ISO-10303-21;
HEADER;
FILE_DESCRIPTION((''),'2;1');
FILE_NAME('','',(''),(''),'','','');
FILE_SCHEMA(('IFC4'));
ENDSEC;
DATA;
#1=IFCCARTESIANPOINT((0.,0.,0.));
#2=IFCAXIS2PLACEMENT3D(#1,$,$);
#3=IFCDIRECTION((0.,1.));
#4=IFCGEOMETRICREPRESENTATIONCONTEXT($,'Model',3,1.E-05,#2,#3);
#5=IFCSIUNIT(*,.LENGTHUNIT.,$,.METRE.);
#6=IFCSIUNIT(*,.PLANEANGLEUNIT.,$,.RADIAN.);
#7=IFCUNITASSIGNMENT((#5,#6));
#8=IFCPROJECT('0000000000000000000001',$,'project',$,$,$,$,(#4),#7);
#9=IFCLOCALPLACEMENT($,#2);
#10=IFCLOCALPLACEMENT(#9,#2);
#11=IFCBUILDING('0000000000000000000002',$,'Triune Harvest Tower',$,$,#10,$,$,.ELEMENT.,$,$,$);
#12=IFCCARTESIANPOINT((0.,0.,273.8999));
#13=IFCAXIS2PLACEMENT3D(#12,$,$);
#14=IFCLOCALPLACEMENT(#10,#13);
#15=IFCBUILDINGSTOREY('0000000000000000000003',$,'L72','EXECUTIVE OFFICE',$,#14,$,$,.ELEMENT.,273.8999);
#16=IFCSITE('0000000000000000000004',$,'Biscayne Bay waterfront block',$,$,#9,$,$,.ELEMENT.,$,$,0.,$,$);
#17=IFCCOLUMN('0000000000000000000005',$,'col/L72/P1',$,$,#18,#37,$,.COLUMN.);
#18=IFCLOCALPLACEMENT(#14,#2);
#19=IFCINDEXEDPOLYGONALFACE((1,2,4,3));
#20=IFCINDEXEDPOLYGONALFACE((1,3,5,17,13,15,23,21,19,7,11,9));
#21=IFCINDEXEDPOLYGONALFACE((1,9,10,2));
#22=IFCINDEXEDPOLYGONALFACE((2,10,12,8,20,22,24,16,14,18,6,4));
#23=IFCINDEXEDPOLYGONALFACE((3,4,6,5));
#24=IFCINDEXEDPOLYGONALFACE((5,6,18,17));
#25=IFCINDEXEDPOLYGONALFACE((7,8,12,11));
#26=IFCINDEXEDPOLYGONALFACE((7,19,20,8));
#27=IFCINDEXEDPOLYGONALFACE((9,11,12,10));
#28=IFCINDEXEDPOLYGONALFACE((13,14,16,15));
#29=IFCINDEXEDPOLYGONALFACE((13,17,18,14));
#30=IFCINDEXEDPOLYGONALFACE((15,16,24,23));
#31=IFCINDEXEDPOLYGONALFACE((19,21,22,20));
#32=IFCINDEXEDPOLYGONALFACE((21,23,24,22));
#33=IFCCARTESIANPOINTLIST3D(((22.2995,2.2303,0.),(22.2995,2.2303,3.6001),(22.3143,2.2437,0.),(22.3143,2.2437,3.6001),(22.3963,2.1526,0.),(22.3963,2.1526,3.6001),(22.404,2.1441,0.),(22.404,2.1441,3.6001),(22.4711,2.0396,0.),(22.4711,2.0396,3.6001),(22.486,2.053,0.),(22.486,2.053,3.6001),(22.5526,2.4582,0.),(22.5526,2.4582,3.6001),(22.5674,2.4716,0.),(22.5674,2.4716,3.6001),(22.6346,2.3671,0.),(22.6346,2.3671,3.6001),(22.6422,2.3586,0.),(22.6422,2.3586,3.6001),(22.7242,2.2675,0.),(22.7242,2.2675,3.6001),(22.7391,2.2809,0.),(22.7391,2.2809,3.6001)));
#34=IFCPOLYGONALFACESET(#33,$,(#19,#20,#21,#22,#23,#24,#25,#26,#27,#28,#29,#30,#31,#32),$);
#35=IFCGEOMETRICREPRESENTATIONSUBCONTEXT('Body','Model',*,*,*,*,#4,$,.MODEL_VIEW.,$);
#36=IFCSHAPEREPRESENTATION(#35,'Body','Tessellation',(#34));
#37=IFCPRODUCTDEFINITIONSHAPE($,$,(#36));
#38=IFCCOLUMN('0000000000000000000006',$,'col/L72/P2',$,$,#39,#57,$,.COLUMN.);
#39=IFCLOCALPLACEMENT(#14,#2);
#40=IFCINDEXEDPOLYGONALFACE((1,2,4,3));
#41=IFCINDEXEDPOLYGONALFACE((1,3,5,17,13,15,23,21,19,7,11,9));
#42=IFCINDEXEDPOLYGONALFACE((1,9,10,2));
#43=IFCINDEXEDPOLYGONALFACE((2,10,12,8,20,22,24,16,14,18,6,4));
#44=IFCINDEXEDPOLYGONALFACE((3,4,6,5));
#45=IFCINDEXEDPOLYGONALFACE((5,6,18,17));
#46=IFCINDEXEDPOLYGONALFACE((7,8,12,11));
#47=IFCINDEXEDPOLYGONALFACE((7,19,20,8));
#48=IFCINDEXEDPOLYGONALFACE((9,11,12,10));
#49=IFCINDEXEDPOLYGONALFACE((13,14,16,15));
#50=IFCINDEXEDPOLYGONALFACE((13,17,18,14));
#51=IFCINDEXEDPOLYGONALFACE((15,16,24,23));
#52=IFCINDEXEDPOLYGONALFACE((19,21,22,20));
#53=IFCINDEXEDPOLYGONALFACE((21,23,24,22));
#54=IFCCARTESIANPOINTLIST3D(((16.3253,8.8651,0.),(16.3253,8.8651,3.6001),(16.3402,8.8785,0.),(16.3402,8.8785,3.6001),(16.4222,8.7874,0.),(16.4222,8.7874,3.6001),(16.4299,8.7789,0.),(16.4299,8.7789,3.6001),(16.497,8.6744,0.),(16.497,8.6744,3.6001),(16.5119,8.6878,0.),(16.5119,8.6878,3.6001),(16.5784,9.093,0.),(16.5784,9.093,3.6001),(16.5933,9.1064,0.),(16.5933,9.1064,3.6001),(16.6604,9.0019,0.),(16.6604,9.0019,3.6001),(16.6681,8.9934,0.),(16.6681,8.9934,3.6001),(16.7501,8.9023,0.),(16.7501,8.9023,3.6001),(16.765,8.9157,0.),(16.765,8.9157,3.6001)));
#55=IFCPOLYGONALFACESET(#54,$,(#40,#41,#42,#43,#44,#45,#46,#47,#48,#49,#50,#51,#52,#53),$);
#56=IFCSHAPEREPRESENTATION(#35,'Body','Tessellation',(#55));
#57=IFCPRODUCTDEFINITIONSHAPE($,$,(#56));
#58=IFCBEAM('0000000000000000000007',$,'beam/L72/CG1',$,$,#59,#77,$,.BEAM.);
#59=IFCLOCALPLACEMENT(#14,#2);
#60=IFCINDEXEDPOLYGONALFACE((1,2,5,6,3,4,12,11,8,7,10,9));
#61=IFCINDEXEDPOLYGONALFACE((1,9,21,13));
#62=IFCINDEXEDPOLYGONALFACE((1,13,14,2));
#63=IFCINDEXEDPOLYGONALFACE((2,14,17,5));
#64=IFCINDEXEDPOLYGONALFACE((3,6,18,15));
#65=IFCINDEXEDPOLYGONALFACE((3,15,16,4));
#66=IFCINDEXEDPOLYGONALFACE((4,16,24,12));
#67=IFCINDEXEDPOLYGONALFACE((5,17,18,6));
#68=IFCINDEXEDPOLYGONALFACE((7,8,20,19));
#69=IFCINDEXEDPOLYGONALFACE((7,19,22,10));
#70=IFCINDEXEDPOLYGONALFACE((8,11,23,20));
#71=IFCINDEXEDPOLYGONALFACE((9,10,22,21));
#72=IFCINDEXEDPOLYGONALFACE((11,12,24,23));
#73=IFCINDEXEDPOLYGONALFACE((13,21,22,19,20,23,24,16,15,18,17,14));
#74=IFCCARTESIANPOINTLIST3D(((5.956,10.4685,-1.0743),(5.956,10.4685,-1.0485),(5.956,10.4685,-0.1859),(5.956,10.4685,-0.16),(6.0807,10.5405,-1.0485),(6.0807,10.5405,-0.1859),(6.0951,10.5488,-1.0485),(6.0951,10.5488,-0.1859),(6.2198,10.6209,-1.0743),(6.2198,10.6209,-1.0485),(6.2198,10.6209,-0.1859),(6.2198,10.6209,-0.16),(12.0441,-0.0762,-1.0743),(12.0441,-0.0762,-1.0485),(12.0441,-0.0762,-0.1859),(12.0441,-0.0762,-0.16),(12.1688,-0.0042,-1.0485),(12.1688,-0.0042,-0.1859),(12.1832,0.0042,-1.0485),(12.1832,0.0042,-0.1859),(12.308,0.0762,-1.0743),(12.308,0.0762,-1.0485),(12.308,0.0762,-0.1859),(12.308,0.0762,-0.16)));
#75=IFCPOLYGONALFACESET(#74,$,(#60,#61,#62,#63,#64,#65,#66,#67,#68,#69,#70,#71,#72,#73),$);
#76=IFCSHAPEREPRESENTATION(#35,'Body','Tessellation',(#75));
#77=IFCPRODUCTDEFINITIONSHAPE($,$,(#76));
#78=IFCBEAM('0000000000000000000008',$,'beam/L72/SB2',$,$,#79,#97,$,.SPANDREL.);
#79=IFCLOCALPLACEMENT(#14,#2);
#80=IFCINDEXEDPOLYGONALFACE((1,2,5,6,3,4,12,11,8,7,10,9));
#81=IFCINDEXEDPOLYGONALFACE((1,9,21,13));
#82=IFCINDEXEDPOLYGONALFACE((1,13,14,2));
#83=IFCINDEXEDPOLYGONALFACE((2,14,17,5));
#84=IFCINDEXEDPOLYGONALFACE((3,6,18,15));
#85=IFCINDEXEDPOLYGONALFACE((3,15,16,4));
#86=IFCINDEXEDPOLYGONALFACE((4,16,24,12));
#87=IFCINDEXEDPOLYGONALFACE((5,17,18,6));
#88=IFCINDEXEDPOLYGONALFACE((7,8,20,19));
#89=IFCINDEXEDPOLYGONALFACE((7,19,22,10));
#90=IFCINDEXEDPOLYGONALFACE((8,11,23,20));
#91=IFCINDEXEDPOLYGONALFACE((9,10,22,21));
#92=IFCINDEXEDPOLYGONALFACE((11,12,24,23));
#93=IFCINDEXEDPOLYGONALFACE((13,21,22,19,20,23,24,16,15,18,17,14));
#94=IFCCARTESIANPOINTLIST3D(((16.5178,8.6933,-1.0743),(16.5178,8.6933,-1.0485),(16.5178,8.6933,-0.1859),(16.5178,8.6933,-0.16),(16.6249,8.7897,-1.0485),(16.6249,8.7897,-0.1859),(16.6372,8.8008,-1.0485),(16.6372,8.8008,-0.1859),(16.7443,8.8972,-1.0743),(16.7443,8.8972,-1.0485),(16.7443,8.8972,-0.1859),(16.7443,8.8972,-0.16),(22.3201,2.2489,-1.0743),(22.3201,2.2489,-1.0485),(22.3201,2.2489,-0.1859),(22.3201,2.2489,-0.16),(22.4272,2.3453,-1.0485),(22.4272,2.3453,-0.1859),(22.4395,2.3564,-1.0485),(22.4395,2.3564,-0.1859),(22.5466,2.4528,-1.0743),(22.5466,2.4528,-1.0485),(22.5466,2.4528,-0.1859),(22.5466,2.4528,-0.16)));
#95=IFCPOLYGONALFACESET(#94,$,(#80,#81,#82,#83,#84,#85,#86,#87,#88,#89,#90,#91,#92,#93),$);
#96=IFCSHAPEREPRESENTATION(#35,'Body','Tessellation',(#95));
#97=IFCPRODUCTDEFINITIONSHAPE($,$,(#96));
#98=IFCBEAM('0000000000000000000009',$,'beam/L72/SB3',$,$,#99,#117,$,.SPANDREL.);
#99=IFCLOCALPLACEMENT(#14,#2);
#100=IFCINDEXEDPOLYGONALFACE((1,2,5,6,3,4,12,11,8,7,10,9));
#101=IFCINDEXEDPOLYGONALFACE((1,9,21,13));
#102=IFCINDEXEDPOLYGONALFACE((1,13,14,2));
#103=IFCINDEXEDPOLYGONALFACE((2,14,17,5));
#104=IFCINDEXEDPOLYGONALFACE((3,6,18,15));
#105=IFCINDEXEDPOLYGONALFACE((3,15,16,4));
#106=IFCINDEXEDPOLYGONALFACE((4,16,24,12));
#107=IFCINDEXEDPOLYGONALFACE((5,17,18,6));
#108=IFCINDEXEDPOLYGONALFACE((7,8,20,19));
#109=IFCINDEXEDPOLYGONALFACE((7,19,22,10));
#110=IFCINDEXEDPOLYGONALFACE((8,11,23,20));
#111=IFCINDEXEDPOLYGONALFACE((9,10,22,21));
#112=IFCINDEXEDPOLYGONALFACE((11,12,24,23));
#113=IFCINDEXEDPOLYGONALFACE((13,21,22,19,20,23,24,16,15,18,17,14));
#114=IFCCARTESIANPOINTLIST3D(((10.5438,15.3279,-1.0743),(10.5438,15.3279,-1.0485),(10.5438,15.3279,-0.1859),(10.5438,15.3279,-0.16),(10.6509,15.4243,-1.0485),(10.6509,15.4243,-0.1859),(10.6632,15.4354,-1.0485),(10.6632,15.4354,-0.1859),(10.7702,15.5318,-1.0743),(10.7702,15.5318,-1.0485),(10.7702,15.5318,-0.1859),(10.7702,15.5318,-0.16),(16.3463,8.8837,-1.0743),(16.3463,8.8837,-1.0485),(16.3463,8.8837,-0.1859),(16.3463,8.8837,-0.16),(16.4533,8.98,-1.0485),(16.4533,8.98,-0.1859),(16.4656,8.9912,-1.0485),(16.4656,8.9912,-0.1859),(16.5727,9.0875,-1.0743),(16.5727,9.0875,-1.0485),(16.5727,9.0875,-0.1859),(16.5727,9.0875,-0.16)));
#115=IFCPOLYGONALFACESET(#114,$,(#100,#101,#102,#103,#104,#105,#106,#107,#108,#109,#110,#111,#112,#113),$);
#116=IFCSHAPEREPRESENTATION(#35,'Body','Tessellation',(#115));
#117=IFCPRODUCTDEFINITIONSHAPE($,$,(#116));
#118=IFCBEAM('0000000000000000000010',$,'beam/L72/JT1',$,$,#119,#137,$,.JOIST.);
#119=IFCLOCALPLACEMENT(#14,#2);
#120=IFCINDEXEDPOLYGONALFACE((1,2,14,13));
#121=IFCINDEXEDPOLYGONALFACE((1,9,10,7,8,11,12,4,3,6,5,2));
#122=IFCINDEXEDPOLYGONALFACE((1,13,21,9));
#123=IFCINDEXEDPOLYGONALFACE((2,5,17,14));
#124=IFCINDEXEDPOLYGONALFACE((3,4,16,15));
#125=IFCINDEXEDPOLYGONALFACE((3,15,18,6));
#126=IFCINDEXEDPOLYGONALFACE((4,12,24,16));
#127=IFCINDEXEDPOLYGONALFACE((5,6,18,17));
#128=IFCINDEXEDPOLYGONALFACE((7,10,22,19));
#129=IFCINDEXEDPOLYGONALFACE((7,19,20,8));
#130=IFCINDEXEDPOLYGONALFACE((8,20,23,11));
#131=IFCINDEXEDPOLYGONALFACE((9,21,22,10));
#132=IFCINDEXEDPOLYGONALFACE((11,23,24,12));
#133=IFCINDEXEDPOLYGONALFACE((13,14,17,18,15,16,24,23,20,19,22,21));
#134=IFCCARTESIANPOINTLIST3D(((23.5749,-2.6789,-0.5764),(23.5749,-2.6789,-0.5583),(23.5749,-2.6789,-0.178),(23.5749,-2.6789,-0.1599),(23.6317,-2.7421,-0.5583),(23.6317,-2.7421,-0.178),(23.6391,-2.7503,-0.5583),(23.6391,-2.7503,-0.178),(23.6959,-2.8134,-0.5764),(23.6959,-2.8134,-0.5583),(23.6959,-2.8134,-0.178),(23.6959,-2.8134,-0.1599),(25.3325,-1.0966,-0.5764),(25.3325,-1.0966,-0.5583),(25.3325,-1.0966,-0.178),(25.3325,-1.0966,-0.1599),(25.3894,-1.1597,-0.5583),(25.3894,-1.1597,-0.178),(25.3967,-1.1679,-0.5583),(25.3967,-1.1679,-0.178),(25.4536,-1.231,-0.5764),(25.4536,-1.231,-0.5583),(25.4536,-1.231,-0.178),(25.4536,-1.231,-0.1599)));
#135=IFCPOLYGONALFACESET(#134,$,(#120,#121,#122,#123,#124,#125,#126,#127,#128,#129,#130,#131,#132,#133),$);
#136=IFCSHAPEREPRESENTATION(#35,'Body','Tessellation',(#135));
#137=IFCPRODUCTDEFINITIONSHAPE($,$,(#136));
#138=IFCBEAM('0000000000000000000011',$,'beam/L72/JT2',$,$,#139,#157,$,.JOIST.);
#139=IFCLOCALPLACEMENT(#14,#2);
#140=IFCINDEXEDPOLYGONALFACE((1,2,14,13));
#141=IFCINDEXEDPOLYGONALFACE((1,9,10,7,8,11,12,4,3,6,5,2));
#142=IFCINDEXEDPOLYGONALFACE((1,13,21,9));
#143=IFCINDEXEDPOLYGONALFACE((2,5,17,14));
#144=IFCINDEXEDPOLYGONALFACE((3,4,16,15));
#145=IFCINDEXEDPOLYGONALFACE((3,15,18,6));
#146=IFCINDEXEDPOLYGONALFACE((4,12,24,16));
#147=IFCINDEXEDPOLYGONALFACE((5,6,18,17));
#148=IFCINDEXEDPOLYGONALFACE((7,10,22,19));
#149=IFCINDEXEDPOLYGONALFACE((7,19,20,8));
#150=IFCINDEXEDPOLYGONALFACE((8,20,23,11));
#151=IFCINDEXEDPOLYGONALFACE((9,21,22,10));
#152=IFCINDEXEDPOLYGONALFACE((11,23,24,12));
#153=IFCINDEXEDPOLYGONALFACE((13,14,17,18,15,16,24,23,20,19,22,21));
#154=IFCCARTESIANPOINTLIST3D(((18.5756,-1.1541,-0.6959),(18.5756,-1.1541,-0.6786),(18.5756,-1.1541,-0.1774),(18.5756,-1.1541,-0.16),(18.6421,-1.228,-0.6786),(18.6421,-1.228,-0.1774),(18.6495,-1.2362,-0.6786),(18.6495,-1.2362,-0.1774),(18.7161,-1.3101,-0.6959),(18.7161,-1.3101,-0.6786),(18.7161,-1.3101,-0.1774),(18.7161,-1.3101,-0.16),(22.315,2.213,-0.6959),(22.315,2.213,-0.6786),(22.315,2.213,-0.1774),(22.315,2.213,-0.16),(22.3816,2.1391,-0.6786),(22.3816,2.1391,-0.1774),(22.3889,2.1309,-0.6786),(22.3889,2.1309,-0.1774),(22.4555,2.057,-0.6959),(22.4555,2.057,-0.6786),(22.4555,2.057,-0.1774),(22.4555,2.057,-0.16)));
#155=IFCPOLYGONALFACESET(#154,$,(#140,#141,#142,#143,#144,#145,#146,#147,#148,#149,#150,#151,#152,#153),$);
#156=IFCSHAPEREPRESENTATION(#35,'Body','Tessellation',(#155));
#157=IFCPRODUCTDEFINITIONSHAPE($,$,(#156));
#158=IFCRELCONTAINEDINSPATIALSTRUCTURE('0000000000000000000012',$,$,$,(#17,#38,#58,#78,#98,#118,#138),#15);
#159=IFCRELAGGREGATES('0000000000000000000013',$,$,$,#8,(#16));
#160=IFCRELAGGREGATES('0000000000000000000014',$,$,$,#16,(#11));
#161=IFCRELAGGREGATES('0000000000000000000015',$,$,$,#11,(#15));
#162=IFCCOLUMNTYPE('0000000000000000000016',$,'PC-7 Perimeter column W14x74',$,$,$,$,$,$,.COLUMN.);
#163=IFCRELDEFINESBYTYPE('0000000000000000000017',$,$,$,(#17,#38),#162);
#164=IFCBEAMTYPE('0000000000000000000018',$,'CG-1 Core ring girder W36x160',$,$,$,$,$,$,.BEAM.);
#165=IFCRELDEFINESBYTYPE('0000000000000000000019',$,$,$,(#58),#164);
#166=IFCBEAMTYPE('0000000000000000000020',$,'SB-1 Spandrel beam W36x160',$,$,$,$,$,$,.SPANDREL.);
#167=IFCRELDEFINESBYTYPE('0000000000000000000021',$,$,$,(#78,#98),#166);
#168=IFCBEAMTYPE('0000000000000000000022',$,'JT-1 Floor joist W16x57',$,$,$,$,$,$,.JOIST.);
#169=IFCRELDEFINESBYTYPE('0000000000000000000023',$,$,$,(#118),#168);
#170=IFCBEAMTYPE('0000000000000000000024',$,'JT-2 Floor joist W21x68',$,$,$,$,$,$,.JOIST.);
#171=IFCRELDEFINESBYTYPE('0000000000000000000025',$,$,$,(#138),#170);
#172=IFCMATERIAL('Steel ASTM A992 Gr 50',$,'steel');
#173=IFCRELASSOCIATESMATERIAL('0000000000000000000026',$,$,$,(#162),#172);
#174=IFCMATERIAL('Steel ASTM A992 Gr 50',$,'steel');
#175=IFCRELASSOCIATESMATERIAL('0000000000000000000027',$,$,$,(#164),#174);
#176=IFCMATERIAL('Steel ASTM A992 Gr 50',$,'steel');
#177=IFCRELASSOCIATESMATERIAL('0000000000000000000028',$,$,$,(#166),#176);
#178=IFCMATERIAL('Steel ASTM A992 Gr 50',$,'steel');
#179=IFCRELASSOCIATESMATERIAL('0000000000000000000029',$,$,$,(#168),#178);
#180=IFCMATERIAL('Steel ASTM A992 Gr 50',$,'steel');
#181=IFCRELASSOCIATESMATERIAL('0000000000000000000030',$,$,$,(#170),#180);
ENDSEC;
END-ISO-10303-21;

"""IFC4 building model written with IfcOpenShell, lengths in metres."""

from ifc_helpers import new_model, si_unit, direction, frame, origin, origin_2d, place, context, subcontext, project, spatial, i_section, extrude, source, transform, mapped, material, material_profile, profile_set, type_object, element, save


model = new_model("IFC4")

# Units and contexts
model_context = context("Model", 3, precision=1e-05, world=origin(), true_north=direction((0.0, 1.0)))
body_context = subcontext(model_context, "Body", "Model", "MODEL_VIEW")
ifc_project = project(units=[si_unit("LENGTHUNIT", "METRE"), si_unit("PLANEANGLEUNIT", "RADIAN")], contexts=[model_context])

# Site, building, storey
site_placement = place(None, origin())
site = spatial("IfcSite", under=ifc_project, at=site_placement, Name="Biscayne Bay waterfront block", CompositionType="ELEMENT", RefElevation=0.0)
building_placement = place(site_placement, origin())
building = spatial("IfcBuilding", under=site, at=building_placement, Name="Triune Harvest Tower", CompositionType="ELEMENT")
storey_placement = place(building_placement, frame((0.0, 0.0, 273.8999)))
storey = spatial("IfcBuildingStorey", under=building, at=storey_placement, Name="L72", Description="EXECUTIVE OFFICE", CompositionType="ELEMENT", Elevation=273.8999)

# Columns
ifc_material_1 = material(Name="Steel ASTM A992 Gr 50", Category="steel")
ifc_material_profile_1 = material_profile(ifc_material_1, i_section(OverallWidth=0.2566, OverallDepth=0.3606, WebThickness=0.0115, FlangeThickness=0.02, at=origin_2d()), Name="W14x74")
ifc_profile_set_1 = profile_set([ifc_material_profile_1], Name="Steel ASTM A992 Gr 50")
column_type = type_object("IfcColumnType", Name="PC-7 Perimeter column W14x74", PredefinedType="COLUMN", material=ifc_profile_set_1)
shared_shape_1 = source(origin(), body_context, "Body", "SweptSolid", [
    extrude(i_section(OverallWidth=0.2566, OverallDepth=0.3606, WebThickness=0.0115, FlangeThickness=0.02, at=origin_2d()), origin(), (0.0, 0.0, 1.0), 3.6001),
])
for number, where, z_axis, x_axis, name in (
    (1, (22.5193, 2.2556, 0.0), (0.0, 0.0, 1.0), (-0.669131, 0.743145, 0.0), "col/L72/P1"),
    (2, (16.5452, 8.8904, 0.0), (0.0, 0.0, 1.0), (-0.669131, 0.743145, 0.0), "col/L72/P2"),
):
    element("IfcColumn", number, at=place(storey_placement, frame(where, z_axis=z_axis, x_axis=x_axis)), inside=storey, type_object=column_type, Name=name, PredefinedType="COLUMN", context=body_context, shape_type="MappedRepresentation", body=[
        mapped(shared_shape_1, transform((0.0, 0.0, 0.0), scale=1.0)),
    ])

# Beams
ifc_material_2 = material(Name="Steel ASTM A992 Gr 50", Category="steel")
ifc_material_profile_2 = material_profile(ifc_material_2, i_section(OverallWidth=0.3047, OverallDepth=0.9143, WebThickness=0.0166, FlangeThickness=0.0259, at=origin_2d()), Name="W36x160")
ifc_profile_set_2 = profile_set([ifc_material_profile_2], Name="Steel ASTM A992 Gr 50")
beam_type_1 = type_object("IfcBeamType", Name="CG-1 Core ring girder W36x160", PredefinedType="BEAM", material=ifc_profile_set_2)
shared_shape_2 = source(origin(), body_context, "Body", "SweptSolid", [
    extrude(i_section(OverallWidth=0.3047, OverallDepth=0.9143, WebThickness=0.0166, FlangeThickness=0.0259, at=origin_2d()), origin(), (0.0, 0.0, 1.0), 12.176),
])
beam_1_placement = place(storey_placement, frame((12.176, 0.0, -0.6172), z_axis=(-0.50001, 0.86602, 0.0), x_axis=(-0.86602, -0.50001, 0.0)))
element("IfcBeam", 3, at=beam_1_placement, inside=storey, type_object=beam_type_1, Name="beam/L72/CG1", PredefinedType="BEAM", context=body_context, shape_type="MappedRepresentation", body=[
    mapped(shared_shape_2, transform((0.0, 0.0, 0.0), scale=1.0)),
])
ifc_material_3 = material(Name="Steel ASTM A992 Gr 50", Category="steel")
ifc_material_profile_3 = material_profile(ifc_material_3, i_section(OverallWidth=0.3047, OverallDepth=0.9143, WebThickness=0.0166, FlangeThickness=0.0259, at=origin_2d()), Name="W36x160")
ifc_profile_set_3 = profile_set([ifc_material_profile_3], Name="Steel ASTM A992 Gr 50")
beam_type_2 = type_object("IfcBeamType", Name="SB-1 Spandrel beam W36x160", PredefinedType="SPANDREL", material=ifc_profile_set_3)
shared_shape_3 = source(origin(), body_context, "Body", "SweptSolid", [
    extrude(i_section(OverallWidth=0.3047, OverallDepth=0.9143, WebThickness=0.0166, FlangeThickness=0.0259, at=origin_2d()), origin(), (0.0, 0.0, 1.0), 8.6716),
])
for number, where, z_axis, x_axis, name in (
    (4, (22.4333, 2.3508, -0.6172), (-0.669114, 0.74316, 0.0), (-0.74316, -0.669114, 0.0), "beam/L72/SB2"),
    (5, (16.4595, 8.9856, -0.6172), (-0.66913, 0.743146, 0.0), (-0.743146, -0.66913, 0.0), "beam/L72/SB3"),
):
    element("IfcBeam", number, at=place(storey_placement, frame(where, z_axis=z_axis, x_axis=x_axis)), inside=storey, type_object=beam_type_2, Name=name, PredefinedType="SPANDREL", context=body_context, shape_type="MappedRepresentation", body=[
        mapped(shared_shape_3, transform((0.0, 0.0, 0.0), scale=1.0)),
    ])
ifc_material_4 = material(Name="Steel ASTM A992 Gr 50", Category="steel")
ifc_material_profile_4 = material_profile(ifc_material_4, i_section(OverallWidth=0.1809, OverallDepth=0.4165, WebThickness=0.011, FlangeThickness=0.0181, at=origin_2d()), Name="W16x57")
ifc_profile_set_4 = profile_set([ifc_material_profile_4], Name="Steel ASTM A992 Gr 50")
beam_type_3 = type_object("IfcBeamType", Name="JT-1 Floor joist W16x57", PredefinedType="JOIST", material=ifc_profile_set_4)
shared_shape_4 = source(origin(), body_context, "Body", "SweptSolid", [
    extrude(i_section(OverallWidth=0.1809, OverallDepth=0.4165, WebThickness=0.011, FlangeThickness=0.0181, at=origin_2d()), origin(), (0.0, 0.0, 1.0), 2.365),
])
beam_2_placement = place(storey_placement, frame((25.3931, -1.1638, -0.3682), z_axis=(-0.743197, -0.669073, 0.0), x_axis=(0.669073, -0.743197, 0.0)))
element("IfcBeam", 6, at=beam_2_placement, inside=storey, type_object=beam_type_3, Name="beam/L72/JT1", PredefinedType="JOIST", context=body_context, shape_type="MappedRepresentation", body=[
    mapped(shared_shape_4, transform((0.0, 0.0, 0.0), scale=1.0)),
])
ifc_material_5 = material(Name="Steel ASTM A992 Gr 50", Category="steel")
ifc_material_profile_5 = material_profile(ifc_material_5, i_section(OverallWidth=0.21, OverallDepth=0.5359, WebThickness=0.011, FlangeThickness=0.0173, at=origin_2d()), Name="W21x68")
ifc_profile_set_5 = profile_set([ifc_material_profile_5], Name="Steel ASTM A992 Gr 50")
beam_type_4 = type_object("IfcBeamType", Name="JT-2 Floor joist W21x68", PredefinedType="JOIST", material=ifc_profile_set_5)
shared_shape_5 = source(origin(), body_context, "Body", "SweptSolid", [
    extrude(i_section(OverallWidth=0.21, OverallDepth=0.5359, WebThickness=0.011, FlangeThickness=0.0173, at=origin_2d()), origin(), (0.0, 0.0, 1.0), 5.032),
])
beam_3_placement = place(storey_placement, frame((22.3853, 2.135, -0.428), z_axis=(-0.743132, -0.669144, 0.0), x_axis=(0.669144, -0.743132, 0.0)))
element("IfcBeam", 7, at=beam_3_placement, inside=storey, type_object=beam_type_4, Name="beam/L72/JT2", PredefinedType="JOIST", context=body_context, shape_type="MappedRepresentation", body=[
    mapped(shared_shape_5, transform((0.0, 0.0, 0.0), scale=1.0)),
])

save(model, "model.ifc")
